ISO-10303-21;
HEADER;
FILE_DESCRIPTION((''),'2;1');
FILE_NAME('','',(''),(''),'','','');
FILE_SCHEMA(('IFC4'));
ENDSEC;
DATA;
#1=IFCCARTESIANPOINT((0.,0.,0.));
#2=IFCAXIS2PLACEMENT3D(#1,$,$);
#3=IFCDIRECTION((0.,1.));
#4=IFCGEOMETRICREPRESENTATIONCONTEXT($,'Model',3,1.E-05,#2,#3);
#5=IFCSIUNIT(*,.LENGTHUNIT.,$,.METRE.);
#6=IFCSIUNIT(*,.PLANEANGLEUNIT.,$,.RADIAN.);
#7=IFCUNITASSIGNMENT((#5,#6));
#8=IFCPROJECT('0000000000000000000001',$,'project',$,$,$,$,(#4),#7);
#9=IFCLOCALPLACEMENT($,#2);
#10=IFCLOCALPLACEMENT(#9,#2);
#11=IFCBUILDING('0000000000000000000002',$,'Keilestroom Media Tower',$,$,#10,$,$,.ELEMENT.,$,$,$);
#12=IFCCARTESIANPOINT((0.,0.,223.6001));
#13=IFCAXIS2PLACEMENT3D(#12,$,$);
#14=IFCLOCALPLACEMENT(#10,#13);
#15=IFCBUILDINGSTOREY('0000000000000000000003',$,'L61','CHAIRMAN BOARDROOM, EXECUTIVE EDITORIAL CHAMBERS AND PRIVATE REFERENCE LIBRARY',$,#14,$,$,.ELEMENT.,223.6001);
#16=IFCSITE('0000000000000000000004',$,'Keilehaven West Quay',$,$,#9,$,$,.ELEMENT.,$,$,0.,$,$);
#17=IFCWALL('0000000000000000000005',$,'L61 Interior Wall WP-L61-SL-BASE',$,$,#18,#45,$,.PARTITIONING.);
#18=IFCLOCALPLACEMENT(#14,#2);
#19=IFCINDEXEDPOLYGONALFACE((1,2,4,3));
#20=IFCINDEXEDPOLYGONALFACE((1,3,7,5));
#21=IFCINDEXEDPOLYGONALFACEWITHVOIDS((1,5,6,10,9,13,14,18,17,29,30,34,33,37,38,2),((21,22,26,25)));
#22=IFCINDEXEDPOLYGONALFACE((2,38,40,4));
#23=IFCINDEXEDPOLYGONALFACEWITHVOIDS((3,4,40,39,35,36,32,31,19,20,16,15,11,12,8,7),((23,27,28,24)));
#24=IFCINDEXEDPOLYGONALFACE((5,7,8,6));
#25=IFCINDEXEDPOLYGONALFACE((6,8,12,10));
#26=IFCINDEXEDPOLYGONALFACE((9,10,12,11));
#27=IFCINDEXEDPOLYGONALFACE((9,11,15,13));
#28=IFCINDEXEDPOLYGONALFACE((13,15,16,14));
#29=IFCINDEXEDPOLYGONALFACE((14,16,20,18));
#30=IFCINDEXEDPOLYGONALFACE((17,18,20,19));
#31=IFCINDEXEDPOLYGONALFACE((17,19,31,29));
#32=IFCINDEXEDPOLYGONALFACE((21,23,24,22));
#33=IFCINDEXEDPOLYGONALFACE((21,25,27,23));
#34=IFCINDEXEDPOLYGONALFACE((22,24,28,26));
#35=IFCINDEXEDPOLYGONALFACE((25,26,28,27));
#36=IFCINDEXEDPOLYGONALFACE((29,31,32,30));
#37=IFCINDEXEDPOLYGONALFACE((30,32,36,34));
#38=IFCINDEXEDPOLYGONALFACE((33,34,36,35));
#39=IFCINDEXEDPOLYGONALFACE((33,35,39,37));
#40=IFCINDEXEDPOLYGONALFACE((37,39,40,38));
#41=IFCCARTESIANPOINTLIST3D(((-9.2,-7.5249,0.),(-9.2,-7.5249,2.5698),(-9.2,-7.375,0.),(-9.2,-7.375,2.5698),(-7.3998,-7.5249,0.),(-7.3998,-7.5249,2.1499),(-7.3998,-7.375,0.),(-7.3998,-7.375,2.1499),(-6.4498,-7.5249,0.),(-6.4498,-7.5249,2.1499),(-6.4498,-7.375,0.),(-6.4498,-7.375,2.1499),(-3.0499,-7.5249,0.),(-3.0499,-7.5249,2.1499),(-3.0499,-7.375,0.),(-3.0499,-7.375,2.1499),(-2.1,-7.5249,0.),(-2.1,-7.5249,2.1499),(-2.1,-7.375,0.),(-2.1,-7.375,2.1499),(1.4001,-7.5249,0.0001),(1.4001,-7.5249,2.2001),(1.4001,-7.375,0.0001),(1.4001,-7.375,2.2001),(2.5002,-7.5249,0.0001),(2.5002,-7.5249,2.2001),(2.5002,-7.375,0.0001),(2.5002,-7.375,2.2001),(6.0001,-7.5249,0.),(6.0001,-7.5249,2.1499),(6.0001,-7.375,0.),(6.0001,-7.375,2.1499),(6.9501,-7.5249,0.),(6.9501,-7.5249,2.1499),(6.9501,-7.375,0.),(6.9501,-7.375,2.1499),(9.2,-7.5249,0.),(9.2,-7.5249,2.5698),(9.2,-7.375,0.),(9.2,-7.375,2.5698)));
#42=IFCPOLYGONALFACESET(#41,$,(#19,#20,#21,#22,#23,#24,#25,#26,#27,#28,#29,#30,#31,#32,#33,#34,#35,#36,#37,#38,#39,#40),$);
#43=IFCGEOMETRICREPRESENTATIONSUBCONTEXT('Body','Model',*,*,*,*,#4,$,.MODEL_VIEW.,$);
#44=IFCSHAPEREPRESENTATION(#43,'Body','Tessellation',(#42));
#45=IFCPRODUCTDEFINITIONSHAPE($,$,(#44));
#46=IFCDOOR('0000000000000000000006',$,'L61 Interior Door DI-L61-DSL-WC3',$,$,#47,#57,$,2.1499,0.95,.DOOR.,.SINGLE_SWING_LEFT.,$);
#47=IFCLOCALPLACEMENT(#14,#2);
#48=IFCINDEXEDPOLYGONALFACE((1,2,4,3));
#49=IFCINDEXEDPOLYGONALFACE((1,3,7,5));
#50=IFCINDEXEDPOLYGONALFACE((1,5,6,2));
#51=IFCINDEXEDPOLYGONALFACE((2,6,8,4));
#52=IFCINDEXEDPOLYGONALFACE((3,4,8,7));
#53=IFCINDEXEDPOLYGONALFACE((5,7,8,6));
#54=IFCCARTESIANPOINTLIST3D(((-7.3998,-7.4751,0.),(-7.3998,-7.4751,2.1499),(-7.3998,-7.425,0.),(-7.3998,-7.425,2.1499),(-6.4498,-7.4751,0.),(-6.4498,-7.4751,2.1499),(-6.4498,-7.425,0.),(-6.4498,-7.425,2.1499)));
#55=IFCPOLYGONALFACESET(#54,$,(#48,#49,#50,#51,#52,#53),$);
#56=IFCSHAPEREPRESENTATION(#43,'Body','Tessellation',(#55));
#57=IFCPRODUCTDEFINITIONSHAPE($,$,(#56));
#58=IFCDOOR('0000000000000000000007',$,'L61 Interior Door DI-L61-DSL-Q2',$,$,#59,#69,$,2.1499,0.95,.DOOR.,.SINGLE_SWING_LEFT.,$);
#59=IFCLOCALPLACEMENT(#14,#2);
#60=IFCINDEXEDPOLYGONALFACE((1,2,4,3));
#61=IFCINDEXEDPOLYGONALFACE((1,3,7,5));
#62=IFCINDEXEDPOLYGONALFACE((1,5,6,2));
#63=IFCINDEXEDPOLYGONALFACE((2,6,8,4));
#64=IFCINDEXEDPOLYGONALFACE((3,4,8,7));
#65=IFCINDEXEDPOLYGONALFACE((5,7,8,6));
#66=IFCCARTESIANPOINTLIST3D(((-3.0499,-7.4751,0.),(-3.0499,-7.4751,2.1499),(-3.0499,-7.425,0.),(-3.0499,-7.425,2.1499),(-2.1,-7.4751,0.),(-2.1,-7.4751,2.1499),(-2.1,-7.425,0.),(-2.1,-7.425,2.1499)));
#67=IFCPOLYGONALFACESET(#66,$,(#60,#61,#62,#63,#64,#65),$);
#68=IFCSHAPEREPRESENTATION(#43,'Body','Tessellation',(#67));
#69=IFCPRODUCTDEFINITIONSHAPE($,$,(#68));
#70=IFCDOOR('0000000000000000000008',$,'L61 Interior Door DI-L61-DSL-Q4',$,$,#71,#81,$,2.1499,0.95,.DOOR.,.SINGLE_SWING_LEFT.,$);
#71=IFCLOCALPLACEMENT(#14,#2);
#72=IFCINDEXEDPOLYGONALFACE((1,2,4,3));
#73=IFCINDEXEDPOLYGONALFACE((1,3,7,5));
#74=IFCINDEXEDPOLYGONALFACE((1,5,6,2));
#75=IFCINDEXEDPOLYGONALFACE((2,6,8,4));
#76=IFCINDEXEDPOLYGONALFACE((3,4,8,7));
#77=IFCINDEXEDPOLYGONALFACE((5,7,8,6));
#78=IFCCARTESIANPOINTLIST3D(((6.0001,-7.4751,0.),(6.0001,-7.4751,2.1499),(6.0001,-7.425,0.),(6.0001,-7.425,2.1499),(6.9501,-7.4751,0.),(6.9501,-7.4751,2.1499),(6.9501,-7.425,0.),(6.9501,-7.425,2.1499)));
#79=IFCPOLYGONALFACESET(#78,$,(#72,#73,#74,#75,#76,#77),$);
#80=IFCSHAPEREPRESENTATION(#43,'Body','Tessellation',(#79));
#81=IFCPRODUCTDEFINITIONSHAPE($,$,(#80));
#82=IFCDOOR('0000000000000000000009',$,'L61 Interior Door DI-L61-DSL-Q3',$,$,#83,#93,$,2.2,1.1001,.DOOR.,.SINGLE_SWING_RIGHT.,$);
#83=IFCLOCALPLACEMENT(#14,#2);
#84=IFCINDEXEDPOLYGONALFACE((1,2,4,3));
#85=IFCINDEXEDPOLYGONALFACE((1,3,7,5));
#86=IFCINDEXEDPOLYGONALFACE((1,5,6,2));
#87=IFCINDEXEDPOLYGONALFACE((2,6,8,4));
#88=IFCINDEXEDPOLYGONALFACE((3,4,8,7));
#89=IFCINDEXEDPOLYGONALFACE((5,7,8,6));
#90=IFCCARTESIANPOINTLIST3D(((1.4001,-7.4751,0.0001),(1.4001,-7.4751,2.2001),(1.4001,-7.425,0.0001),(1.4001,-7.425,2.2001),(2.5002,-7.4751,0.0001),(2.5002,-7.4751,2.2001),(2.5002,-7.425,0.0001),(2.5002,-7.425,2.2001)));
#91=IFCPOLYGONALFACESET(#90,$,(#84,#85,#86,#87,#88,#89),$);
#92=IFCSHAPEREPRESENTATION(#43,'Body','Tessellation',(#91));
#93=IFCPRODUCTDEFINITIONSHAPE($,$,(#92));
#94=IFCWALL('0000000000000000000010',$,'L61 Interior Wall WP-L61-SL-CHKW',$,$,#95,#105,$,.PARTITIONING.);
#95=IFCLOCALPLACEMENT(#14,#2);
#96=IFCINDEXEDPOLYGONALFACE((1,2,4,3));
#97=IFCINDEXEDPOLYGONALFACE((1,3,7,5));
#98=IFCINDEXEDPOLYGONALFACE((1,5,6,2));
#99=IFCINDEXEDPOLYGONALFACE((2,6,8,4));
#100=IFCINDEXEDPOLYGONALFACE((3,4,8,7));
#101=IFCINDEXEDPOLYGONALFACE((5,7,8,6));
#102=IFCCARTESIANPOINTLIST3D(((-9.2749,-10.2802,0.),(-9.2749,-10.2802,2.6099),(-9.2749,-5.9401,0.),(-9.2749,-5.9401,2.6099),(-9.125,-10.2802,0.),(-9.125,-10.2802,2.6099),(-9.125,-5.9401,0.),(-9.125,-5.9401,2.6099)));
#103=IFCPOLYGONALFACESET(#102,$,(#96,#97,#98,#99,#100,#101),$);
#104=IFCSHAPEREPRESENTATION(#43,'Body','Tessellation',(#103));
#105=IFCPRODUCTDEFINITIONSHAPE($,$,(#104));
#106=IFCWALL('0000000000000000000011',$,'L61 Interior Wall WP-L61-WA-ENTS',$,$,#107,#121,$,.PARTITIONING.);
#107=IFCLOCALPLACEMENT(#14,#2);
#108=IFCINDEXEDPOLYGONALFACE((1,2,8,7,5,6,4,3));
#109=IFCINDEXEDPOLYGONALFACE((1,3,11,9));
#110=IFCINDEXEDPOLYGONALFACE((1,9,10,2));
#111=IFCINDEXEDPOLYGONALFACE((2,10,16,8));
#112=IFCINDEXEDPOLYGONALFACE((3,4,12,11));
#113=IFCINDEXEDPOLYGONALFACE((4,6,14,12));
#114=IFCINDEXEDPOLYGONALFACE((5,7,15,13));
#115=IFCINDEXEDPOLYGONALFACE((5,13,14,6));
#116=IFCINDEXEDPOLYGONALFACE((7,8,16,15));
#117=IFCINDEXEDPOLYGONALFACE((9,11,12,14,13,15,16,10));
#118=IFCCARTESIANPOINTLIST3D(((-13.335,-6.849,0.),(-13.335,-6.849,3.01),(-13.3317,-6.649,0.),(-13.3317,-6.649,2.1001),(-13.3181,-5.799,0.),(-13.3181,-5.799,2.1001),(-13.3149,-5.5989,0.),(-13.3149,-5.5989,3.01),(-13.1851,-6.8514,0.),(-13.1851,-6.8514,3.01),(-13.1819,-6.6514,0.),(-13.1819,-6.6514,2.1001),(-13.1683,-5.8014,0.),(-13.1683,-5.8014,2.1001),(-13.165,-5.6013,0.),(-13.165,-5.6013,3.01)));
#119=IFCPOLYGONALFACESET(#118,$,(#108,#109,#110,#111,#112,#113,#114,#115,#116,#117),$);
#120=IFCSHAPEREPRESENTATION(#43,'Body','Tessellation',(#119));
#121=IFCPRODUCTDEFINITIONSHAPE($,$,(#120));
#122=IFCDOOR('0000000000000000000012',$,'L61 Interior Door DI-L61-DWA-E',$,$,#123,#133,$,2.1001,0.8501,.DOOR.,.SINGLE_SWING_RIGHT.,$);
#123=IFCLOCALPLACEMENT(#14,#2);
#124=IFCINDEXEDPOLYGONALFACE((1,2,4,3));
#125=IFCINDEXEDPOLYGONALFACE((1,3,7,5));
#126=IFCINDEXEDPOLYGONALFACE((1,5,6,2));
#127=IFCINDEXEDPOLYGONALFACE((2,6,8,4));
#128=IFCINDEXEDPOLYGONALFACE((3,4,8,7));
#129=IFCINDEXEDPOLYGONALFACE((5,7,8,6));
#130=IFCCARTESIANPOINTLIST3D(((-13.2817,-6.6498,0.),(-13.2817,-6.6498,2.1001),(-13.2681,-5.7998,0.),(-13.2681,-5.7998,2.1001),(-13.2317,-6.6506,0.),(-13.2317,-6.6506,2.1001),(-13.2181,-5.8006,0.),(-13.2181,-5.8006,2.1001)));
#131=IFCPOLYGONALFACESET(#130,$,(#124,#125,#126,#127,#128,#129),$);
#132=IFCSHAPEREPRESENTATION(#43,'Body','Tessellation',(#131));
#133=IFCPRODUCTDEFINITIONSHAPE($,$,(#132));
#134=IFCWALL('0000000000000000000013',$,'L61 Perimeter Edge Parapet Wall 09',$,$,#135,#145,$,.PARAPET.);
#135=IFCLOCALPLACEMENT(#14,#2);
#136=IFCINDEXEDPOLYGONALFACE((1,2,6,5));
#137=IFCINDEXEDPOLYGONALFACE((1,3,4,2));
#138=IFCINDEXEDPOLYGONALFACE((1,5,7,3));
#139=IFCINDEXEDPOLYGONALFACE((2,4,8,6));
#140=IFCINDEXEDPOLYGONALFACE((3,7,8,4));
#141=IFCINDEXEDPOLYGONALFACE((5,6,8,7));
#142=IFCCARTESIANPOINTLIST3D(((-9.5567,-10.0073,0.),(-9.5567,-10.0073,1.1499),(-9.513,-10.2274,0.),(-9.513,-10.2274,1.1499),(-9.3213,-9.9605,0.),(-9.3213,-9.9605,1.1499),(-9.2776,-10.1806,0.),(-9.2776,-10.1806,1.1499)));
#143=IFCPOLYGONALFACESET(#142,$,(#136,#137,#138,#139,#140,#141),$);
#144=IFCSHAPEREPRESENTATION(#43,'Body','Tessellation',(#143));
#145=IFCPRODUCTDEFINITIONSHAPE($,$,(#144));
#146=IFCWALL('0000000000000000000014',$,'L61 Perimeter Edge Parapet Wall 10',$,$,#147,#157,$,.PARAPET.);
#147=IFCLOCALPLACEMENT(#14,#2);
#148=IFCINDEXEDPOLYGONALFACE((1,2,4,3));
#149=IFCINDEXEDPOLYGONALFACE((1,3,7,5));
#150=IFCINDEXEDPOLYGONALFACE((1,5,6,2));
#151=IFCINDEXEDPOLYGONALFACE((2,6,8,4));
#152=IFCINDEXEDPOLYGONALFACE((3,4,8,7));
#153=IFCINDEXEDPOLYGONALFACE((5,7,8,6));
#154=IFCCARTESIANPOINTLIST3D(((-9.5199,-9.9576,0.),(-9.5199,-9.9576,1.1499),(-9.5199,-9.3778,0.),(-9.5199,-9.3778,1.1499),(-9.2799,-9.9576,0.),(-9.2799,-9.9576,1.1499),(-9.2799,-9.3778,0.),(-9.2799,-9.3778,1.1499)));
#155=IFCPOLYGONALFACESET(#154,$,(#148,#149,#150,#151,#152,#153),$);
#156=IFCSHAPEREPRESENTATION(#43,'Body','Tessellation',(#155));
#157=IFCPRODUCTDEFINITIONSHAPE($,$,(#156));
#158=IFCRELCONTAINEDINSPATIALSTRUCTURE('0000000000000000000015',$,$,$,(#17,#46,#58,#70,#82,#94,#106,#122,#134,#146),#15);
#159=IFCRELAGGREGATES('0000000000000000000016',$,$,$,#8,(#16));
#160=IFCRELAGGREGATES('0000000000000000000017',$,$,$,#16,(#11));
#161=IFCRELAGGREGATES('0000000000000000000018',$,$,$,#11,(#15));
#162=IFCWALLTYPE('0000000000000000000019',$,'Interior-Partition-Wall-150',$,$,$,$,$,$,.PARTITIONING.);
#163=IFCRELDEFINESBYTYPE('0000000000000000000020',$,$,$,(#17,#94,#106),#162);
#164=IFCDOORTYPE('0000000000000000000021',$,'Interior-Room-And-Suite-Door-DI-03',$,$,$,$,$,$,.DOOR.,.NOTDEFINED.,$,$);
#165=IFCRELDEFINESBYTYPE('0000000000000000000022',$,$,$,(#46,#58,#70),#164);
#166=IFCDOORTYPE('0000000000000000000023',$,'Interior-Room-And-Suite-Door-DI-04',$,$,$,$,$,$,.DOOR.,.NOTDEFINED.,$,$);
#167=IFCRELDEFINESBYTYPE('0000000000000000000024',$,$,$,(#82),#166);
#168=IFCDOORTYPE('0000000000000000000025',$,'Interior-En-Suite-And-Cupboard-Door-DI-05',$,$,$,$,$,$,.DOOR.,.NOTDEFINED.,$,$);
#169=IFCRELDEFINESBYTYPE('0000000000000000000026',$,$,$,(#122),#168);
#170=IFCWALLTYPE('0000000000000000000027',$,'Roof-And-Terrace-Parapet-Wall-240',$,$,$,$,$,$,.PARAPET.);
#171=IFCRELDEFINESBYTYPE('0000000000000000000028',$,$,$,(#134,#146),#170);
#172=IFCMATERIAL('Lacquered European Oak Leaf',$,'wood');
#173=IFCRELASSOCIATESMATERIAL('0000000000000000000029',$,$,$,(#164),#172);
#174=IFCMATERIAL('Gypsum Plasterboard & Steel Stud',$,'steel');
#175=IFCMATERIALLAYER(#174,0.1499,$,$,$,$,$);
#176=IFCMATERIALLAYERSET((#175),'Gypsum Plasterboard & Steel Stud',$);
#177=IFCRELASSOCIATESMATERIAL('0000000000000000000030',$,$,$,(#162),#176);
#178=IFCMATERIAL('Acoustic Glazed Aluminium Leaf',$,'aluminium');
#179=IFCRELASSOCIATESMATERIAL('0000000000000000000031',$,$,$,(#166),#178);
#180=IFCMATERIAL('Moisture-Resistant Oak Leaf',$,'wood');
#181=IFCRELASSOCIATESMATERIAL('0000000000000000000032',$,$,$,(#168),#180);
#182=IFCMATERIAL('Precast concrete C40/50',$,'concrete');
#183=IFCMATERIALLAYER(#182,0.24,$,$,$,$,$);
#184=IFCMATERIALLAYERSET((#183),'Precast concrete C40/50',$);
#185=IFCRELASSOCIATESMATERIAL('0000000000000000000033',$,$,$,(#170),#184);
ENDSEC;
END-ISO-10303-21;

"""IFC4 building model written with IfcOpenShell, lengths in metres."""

from ifc_helpers import new_model, si_unit, direction, frame, frame_2d, origin, place, context, subcontext, project, spatial, rectangle, extrude, source, transform, mapped, material, layer, layer_set, type_object, element, fill, save


model = new_model("IFC4")

# Units and contexts
model_context = context("Model", 3, precision=1e-05, world=origin(), true_north=direction((0.0, 1.0)))
body_context = subcontext(model_context, "Body", "Model", "MODEL_VIEW")
ifc_project = project(units=[si_unit("LENGTHUNIT", "METRE"), si_unit("PLANEANGLEUNIT", "RADIAN")], contexts=[model_context])

# Site, building, storey
site_placement = place(None, origin())
site = spatial("IfcSite", under=ifc_project, at=site_placement, Name="Keilehaven West Quay", CompositionType="ELEMENT", RefElevation=0.0)
building_placement = place(site_placement, origin())
building = spatial("IfcBuilding", under=site, at=building_placement, Name="Keilestroom Media Tower", CompositionType="ELEMENT")
storey_placement = place(building_placement, frame((0.0, 0.0, 223.6001)))
storey = spatial("IfcBuildingStorey", under=building, at=storey_placement, Name="L61", Description="CHAIRMAN BOARDROOM, EXECUTIVE EDITORIAL CHAMBERS AND PRIVATE REFERENCE LIBRARY", CompositionType="ELEMENT", Elevation=223.6001)

# Shared definitions
ifc_material_1 = material(Name="Precast concrete C40/50", Category="concrete")

# Shared definitions
ifc_material_2 = material(Name="Gypsum Plasterboard & Steel Stud", Category="steel")
ifc_material_3 = material(Name="Lacquered European Oak Leaf", Category="wood")
door_type_1 = type_object("IfcDoorType", Name="Interior-Room-And-Suite-Door-DI-03", OperationType="NOTDEFINED", PredefinedType="DOOR", material=ifc_material_3)
shared_shape_1 = source(origin(), body_context, "Body", "SweptSolid", [
    extrude(rectangle(XDim=0.95, YDim=2.1499, at=frame_2d((0.4751, 1.075))), frame((0.0, 0.0249, 0.0), z_axis=(0.0, -1.0, 0.0), x_axis=(1.0, 0.0, 0.0)), (0.0, 0.0, 1.0), 0.05),
])

# Wall, openings, doors
ifc_layer_1 = layer(ifc_material_2, 0.1499)
ifc_layer_set_1 = layer_set([ifc_layer_1], Name="Gypsum Plasterboard & Steel Stud")
wall_type_1 = type_object("IfcWallType", Name="Interior-Partition-Wall-150", PredefinedType="PARTITIONING", material=ifc_layer_set_1)
wall_1_placement = place(storey_placement, frame((-9.2, -7.45, 0.0), z_axis=(0.0, 0.0, 1.0), x_axis=(1.0, 0.0, 0.0)))
wall_1 = element("IfcWall", 1, at=wall_1_placement, inside=storey, type_object=wall_type_1, Name="L61 Interior Wall WP-L61-SL-BASE", PredefinedType="PARTITIONING", context=body_context, shape_type="SweptSolid", body=[
    extrude(rectangle(XDim=18.3999, YDim=0.1499, at=frame_2d((9.2, 0.0))), origin(), (0.0, 0.0, 1.0), 2.5698),
])
opening_1_placement = place(wall_1_placement, frame((1.8, 0.0, 0.0)))
opening_1 = element("IfcOpeningElement", 2, at=opening_1_placement, cuts=wall_1, PredefinedType="OPENING", context=body_context, shape_type="SweptSolid", body=[
    extrude(rectangle(XDim=0.95, YDim=2.1499, at=frame_2d((0.4751, 1.075))), frame((0.0, 0.085, 0.0), z_axis=(0.0, -1.0, 0.0), x_axis=(1.0, 0.0, 0.0)), (0.0, 0.0, 1.0), 0.1699),
])
opening_2_placement = place(wall_1_placement, frame((6.1499, 0.0, 0.0)))
opening_2 = element("IfcOpeningElement", 3, at=opening_2_placement, cuts=wall_1, PredefinedType="OPENING", context=body_context, shape_type="SweptSolid", body=[
    extrude(rectangle(XDim=0.95, YDim=2.1499, at=frame_2d((0.4751, 1.075))), frame((0.0, 0.085, 0.0), z_axis=(0.0, -1.0, 0.0), x_axis=(1.0, 0.0, 0.0)), (0.0, 0.0, 1.0), 0.1699),
])
opening_3_placement = place(wall_1_placement, frame((10.6001, 0.0, 0.0)))
opening_3 = element("IfcOpeningElement", 4, at=opening_3_placement, cuts=wall_1, PredefinedType="OPENING", context=body_context, shape_type="SweptSolid", body=[
    extrude(rectangle(XDim=1.1001, YDim=2.2, at=frame_2d((0.55, 1.1001))), frame((0.0, 0.085, 0.0), z_axis=(0.0, -1.0, 0.0), x_axis=(1.0, 0.0, 0.0)), (0.0, 0.0, 1.0), 0.1699),
])
opening_4_placement = place(wall_1_placement, frame((15.2, 0.0, 0.0)))
opening_4 = element("IfcOpeningElement", 5, at=opening_4_placement, cuts=wall_1, PredefinedType="OPENING", context=body_context, shape_type="SweptSolid", body=[
    extrude(rectangle(XDim=0.95, YDim=2.1499, at=frame_2d((0.4751, 1.075))), frame((0.0, 0.085, 0.0), z_axis=(0.0, -1.0, 0.0), x_axis=(1.0, 0.0, 0.0)), (0.0, 0.0, 1.0), 0.1699),
])
door_1_placement = place(opening_1_placement, origin())
door_1 = element("IfcDoor", 6, at=door_1_placement, inside=storey, type_object=door_type_1, Name="L61 Interior Door DI-L61-DSL-WC3", OperationType="SINGLE_SWING_LEFT", OverallHeight=2.1499, OverallWidth=0.95, PredefinedType="DOOR", context=body_context, shape_type="MappedRepresentation", body=[
    mapped(shared_shape_1, transform((0.0, 0.0, 0.0), x_axis=(1.0, 0.0, 0.0), y_axis=(0.0, 1.0, 0.0), z_axis=(0.0, 0.0, 1.0), scale=1.0)),
])
fill(opening_1, door_1)
door_2_placement = place(opening_2_placement, origin())
door_2 = element("IfcDoor", 7, at=door_2_placement, inside=storey, type_object=door_type_1, Name="L61 Interior Door DI-L61-DSL-Q2", OperationType="SINGLE_SWING_LEFT", OverallHeight=2.1499, OverallWidth=0.95, PredefinedType="DOOR", context=body_context, shape_type="MappedRepresentation", body=[
    mapped(shared_shape_1, transform((0.0, 0.0, 0.0), x_axis=(1.0, 0.0, 0.0), y_axis=(0.0, 1.0, 0.0), z_axis=(0.0, 0.0, 1.0), scale=1.0)),
])
fill(opening_2, door_2)
door_3_placement = place(opening_4_placement, origin())
door_3 = element("IfcDoor", 8, at=door_3_placement, inside=storey, type_object=door_type_1, Name="L61 Interior Door DI-L61-DSL-Q4", OperationType="SINGLE_SWING_LEFT", OverallHeight=2.1499, OverallWidth=0.95, PredefinedType="DOOR", context=body_context, shape_type="MappedRepresentation", body=[
    mapped(shared_shape_1, transform((0.0, 0.0, 0.0), x_axis=(1.0, 0.0, 0.0), y_axis=(0.0, 1.0, 0.0), z_axis=(0.0, 0.0, 1.0), scale=1.0)),
])
fill(opening_4, door_3)
ifc_material_4 = material(Name="Acoustic Glazed Aluminium Leaf", Category="aluminium")
door_type_2 = type_object("IfcDoorType", Name="Interior-Room-And-Suite-Door-DI-04", OperationType="NOTDEFINED", PredefinedType="DOOR", material=ifc_material_4)
shared_shape_2 = source(origin(), body_context, "Body", "SweptSolid", [
    extrude(rectangle(XDim=1.1001, YDim=2.2, at=frame_2d((0.55, 1.1001))), frame((0.0, 0.0249, 0.0), z_axis=(0.0, -1.0, 0.0), x_axis=(1.0, 0.0, 0.0)), (0.0, 0.0, 1.0), 0.05),
])
door_4_placement = place(opening_3_placement, origin())
door_4 = element("IfcDoor", 9, at=door_4_placement, inside=storey, type_object=door_type_2, Name="L61 Interior Door DI-L61-DSL-Q3", OperationType="SINGLE_SWING_RIGHT", OverallHeight=2.2, OverallWidth=1.1001, PredefinedType="DOOR", context=body_context, shape_type="MappedRepresentation", body=[
    mapped(shared_shape_2, transform((0.0, 0.0, 0.0), x_axis=(1.0, 0.0, 0.0), y_axis=(0.0, 1.0, 0.0), z_axis=(0.0, 0.0, 1.0), scale=1.0)),
])
fill(opening_3, door_4)

# Wall
wall_2_placement = place(storey_placement, frame((-9.2, -10.28, 0.0), z_axis=(0.0, 0.0, 1.0), x_axis=(0.0, 1.0, 0.0)))
element("IfcWall", 10, at=wall_2_placement, inside=storey, type_object=wall_type_1, Name="L61 Interior Wall WP-L61-SL-CHKW", PredefinedType="PARTITIONING", context=body_context, shape_type="SweptSolid", body=[
    extrude(rectangle(XDim=4.3401, YDim=0.1499, at=frame_2d((2.1699, 0.0))), origin(), (0.0, 0.0, 1.0), 2.6099),
])

# Wall, opening, door
wall_3_placement = place(storey_placement, frame((-13.26, -6.8501, 0.0), z_axis=(0.0, 0.0, 1.0), x_axis=(0.016014, 0.999872, 0.0)))
wall_3 = element("IfcWall", 11, at=wall_3_placement, inside=storey, type_object=wall_type_1, Name="L61 Interior Wall WP-L61-WA-ENTS", PredefinedType="PARTITIONING", context=body_context, shape_type="SweptSolid", body=[
    extrude(rectangle(XDim=1.2502, YDim=0.1499, at=frame_2d((0.625, 0.0))), origin(), (0.0, 0.0, 1.0), 3.01),
])
opening_5_placement = place(wall_3_placement, frame((0.2, 0.0, 0.0)))
opening_5 = element("IfcOpeningElement", 12, at=opening_5_placement, cuts=wall_3, PredefinedType="OPENING", context=body_context, shape_type="SweptSolid", body=[
    extrude(rectangle(XDim=0.8501, YDim=2.1001, at=frame_2d((0.425, 1.05))), frame((0.0, 0.085, 0.0), z_axis=(0.0, -1.0, 0.0), x_axis=(1.0, 0.0, 0.0)), (0.0, 0.0, 1.0), 0.1699),
])
ifc_material_5 = material(Name="Moisture-Resistant Oak Leaf", Category="wood")
door_type_3 = type_object("IfcDoorType", Name="Interior-En-Suite-And-Cupboard-Door-DI-05", OperationType="NOTDEFINED", PredefinedType="DOOR", material=ifc_material_5)
shared_shape_3 = source(origin(), body_context, "Body", "SweptSolid", [
    extrude(rectangle(XDim=0.8501, YDim=2.1001, at=frame_2d((0.425, 1.05))), frame((0.0, 0.0249, 0.0), z_axis=(0.0, -1.0, 0.0), x_axis=(1.0, 0.0, 0.0)), (0.0, 0.0, 1.0), 0.05),
])
door_5_placement = place(opening_5_placement, origin())
door_5 = element("IfcDoor", 13, at=door_5_placement, inside=storey, type_object=door_type_3, Name="L61 Interior Door DI-L61-DWA-E", OperationType="SINGLE_SWING_RIGHT", OverallHeight=2.1001, OverallWidth=0.8501, PredefinedType="DOOR", context=body_context, shape_type="MappedRepresentation", body=[
    mapped(shared_shape_3, transform((0.0, 0.0, 0.0), x_axis=(1.0, 0.0, 0.0), y_axis=(0.0, 1.0, 0.0), z_axis=(0.0, 0.0, 1.0), scale=1.0)),
])
fill(opening_5, door_5)

# Walls
ifc_layer_2 = layer(ifc_material_1, 0.24)
ifc_layer_set_2 = layer_set([ifc_layer_2], Name="Precast concrete C40/50")
wall_type_2 = type_object("IfcWallType", Name="Roof-And-Terrace-Parapet-Wall-240", PredefinedType="PARAPET", material=ifc_layer_set_2)
wall_4_placement = place(storey_placement, frame((-9.3953, -10.2041, 0.0), z_axis=(0.0, 0.0, 1.0), x_axis=(-0.19486, 0.980831, 0.0)))
element("IfcWall", 14, at=wall_4_placement, inside=storey, type_object=wall_type_2, Name="L61 Perimeter Edge Parapet Wall 09", PredefinedType="PARAPET", context=body_context, shape_type="SweptSolid", body=[
    extrude(rectangle(XDim=0.2244, YDim=0.24, at=frame_2d((0.1123, 0.0))), origin(), (0.0, 0.0, 1.0), 1.1499),
])
wall_5_placement = place(storey_placement, frame((-9.3999, -9.9578, 0.0), z_axis=(0.0, 0.0, 1.0), x_axis=(0.0, 1.0, 0.0)))
element("IfcWall", 15, at=wall_5_placement, inside=storey, type_object=wall_type_2, Name="L61 Perimeter Edge Parapet Wall 10", PredefinedType="PARAPET", context=body_context, shape_type="SweptSolid", body=[
    extrude(rectangle(XDim=0.5798, YDim=0.24, at=frame_2d((0.29, 0.0))), origin(), (0.0, 0.0, 1.0), 1.1499),
])

save(model, "model.ifc")
